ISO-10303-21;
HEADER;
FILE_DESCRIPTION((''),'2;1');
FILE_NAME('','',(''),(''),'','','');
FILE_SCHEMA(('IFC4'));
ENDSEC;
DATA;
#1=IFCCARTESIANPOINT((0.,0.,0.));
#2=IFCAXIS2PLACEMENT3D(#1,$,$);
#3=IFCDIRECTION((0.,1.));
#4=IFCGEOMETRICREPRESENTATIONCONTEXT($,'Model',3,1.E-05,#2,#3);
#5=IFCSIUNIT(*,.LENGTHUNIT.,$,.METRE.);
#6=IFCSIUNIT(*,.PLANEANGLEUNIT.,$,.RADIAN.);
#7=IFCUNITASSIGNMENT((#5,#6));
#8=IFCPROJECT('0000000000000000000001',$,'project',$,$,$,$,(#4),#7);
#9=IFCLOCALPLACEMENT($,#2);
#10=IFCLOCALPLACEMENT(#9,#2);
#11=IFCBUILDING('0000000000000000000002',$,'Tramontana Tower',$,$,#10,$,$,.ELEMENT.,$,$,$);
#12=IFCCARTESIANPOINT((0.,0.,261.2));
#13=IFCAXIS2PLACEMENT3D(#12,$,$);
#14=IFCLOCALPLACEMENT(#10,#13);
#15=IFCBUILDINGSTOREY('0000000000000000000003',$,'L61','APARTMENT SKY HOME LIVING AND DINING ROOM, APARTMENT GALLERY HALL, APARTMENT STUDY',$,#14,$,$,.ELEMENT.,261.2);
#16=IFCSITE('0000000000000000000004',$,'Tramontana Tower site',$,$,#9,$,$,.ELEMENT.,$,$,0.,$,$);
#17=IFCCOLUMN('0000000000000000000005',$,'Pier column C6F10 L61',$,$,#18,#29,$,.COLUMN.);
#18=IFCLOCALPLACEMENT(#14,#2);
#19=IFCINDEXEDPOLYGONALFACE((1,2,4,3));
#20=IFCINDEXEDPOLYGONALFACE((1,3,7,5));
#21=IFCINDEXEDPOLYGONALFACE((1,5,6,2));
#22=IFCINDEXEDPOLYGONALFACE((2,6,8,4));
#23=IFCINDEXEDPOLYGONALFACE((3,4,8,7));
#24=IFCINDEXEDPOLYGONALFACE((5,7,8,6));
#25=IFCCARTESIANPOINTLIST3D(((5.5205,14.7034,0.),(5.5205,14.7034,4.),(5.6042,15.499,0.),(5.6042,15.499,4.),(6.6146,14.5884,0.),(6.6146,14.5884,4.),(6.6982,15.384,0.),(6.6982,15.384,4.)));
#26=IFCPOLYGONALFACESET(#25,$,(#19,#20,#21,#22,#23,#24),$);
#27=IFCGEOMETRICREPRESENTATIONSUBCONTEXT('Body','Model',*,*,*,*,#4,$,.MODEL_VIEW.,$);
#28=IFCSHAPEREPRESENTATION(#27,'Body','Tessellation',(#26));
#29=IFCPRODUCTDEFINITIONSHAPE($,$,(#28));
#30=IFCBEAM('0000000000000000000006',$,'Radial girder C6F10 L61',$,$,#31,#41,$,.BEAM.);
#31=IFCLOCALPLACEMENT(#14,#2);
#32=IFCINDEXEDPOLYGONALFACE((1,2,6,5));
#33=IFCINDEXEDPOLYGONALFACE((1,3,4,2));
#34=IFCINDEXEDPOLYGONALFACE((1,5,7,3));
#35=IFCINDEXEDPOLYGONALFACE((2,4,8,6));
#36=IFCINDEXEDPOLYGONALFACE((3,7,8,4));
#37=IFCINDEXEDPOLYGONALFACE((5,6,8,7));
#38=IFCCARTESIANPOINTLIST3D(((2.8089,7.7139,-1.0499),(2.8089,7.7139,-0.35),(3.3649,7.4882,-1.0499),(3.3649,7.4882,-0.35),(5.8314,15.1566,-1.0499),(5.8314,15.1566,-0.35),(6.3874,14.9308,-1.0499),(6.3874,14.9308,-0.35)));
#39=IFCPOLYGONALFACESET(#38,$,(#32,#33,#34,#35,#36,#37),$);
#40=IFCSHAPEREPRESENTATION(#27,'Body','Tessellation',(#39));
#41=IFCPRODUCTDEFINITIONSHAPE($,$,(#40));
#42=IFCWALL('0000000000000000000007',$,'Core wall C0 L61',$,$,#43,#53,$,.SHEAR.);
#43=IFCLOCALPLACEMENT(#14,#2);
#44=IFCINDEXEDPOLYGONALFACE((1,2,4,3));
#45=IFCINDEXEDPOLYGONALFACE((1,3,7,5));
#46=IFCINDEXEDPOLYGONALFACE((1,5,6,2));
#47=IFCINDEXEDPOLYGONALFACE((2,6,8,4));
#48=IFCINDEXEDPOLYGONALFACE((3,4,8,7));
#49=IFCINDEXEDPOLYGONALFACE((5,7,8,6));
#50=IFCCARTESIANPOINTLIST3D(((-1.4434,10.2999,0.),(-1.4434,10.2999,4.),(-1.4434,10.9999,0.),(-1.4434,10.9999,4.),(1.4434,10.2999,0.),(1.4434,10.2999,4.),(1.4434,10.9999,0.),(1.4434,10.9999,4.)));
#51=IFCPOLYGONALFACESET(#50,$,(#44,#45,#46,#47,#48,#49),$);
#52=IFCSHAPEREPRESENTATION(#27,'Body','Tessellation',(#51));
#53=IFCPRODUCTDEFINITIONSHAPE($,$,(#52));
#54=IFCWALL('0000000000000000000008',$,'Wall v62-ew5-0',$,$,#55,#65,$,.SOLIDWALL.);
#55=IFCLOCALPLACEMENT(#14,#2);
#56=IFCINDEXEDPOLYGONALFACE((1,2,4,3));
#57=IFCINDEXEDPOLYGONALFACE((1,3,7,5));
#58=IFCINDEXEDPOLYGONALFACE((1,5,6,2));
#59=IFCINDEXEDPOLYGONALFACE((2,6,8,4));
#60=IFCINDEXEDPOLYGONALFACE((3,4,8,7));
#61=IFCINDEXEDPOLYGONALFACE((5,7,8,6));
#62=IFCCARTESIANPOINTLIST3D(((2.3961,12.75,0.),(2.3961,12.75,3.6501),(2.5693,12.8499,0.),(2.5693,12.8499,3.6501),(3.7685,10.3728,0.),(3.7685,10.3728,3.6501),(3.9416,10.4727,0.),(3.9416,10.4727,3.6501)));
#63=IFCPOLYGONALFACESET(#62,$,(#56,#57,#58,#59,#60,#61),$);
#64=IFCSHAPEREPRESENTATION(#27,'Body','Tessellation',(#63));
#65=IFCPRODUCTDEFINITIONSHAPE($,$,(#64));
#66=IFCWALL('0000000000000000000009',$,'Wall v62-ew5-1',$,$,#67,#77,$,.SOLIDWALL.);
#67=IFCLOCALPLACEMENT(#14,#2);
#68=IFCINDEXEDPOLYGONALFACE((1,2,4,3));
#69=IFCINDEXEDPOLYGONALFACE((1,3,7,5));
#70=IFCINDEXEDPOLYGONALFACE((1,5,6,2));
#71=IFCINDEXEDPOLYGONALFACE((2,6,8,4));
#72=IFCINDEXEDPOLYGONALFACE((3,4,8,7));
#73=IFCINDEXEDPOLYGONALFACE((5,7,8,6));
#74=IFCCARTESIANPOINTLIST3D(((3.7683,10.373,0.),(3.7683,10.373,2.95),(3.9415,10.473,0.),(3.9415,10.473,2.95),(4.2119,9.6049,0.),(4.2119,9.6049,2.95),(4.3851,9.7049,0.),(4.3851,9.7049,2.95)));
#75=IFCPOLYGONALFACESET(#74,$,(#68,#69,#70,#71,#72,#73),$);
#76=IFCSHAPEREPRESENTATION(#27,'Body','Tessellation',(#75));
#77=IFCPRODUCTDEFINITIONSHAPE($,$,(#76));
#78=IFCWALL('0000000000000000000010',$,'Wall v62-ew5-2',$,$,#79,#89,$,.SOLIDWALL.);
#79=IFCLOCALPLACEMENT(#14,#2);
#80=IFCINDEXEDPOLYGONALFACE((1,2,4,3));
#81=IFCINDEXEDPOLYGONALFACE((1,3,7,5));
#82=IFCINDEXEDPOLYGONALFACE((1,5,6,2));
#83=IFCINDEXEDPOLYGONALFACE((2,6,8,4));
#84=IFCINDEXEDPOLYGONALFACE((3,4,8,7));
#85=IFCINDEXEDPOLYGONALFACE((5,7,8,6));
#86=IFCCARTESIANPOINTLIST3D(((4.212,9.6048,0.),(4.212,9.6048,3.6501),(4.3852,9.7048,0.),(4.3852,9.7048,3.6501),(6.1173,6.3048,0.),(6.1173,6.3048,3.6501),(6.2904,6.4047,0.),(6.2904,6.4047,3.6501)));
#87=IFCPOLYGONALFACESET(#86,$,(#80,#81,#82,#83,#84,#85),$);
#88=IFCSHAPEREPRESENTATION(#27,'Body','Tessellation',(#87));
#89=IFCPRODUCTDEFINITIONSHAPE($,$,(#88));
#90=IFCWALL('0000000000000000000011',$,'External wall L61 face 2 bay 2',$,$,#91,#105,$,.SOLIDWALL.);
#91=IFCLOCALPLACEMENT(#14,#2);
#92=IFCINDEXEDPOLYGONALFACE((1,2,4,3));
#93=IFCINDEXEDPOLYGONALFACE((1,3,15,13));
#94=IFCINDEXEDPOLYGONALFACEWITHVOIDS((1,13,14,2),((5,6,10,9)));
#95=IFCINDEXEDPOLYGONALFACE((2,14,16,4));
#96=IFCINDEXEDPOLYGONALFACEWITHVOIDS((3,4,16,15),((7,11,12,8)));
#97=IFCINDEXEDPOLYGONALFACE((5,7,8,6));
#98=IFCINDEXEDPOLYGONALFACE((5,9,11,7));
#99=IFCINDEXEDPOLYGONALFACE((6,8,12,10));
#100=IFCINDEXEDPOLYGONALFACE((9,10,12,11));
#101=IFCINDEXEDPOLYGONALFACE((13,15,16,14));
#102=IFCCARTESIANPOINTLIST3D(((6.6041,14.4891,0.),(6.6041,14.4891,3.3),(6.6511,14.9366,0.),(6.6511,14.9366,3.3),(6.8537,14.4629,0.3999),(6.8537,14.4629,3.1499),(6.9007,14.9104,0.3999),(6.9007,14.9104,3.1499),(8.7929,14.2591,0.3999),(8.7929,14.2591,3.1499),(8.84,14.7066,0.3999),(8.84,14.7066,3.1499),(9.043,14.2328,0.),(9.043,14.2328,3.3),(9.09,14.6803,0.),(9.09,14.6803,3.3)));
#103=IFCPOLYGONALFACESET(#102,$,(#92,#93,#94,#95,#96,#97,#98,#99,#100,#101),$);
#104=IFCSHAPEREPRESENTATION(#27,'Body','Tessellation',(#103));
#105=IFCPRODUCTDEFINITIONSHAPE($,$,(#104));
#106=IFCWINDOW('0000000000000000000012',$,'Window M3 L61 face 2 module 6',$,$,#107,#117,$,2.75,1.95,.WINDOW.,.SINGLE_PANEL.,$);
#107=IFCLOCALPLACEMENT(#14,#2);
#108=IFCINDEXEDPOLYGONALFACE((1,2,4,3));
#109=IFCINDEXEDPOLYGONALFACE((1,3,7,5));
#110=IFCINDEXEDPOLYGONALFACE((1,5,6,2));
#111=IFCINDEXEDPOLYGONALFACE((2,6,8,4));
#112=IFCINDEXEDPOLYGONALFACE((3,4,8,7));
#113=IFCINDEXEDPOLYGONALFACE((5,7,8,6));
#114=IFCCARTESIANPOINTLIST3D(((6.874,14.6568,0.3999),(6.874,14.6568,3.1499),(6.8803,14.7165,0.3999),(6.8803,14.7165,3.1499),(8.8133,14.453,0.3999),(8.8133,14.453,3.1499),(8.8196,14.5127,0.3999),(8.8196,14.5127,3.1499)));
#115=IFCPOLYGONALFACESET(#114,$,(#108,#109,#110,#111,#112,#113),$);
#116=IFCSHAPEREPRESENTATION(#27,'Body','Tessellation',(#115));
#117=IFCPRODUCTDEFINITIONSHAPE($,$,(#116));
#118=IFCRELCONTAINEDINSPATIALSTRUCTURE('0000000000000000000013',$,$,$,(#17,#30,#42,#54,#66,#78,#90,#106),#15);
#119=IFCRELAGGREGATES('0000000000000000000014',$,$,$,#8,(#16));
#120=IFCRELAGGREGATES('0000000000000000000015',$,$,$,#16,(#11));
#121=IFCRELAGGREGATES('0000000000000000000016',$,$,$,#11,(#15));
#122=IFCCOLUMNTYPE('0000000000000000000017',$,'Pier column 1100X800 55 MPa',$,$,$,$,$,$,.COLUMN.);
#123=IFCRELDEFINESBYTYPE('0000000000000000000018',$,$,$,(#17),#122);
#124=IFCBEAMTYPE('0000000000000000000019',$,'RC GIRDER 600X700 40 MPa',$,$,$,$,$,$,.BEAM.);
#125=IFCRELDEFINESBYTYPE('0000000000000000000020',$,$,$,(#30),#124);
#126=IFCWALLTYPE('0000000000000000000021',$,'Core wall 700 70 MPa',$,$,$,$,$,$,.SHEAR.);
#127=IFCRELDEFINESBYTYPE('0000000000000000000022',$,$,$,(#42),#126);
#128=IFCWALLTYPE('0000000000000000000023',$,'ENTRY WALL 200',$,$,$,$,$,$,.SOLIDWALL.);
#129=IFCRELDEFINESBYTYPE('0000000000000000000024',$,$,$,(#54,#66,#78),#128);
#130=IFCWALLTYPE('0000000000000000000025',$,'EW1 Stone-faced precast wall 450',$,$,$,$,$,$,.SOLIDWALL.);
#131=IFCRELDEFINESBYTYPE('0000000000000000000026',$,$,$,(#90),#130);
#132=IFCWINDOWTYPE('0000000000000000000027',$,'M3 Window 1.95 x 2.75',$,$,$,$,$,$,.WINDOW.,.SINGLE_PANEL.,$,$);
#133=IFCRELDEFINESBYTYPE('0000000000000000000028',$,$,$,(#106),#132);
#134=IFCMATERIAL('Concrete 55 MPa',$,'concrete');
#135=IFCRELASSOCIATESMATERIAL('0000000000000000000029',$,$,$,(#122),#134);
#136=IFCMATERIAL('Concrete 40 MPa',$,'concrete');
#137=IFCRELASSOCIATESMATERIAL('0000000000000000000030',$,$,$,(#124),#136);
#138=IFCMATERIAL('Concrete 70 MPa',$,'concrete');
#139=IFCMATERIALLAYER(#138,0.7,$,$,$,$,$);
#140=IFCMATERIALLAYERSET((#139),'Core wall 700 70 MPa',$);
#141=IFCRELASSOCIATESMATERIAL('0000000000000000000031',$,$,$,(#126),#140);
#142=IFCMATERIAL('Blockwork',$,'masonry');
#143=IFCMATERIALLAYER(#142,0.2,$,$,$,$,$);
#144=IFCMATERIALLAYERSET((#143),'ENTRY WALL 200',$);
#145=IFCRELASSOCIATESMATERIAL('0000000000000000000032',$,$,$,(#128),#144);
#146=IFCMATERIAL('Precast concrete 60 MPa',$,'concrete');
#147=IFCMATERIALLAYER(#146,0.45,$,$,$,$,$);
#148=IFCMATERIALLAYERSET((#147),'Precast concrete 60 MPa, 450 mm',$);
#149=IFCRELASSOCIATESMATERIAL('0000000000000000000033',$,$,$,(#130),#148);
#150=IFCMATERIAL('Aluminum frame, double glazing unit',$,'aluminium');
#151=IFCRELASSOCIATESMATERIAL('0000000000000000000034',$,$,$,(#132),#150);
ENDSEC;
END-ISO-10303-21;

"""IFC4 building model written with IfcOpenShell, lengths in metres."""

from ifc_helpers import new_model, si_unit, direction, frame, frame_2d, origin, origin_2d, place, context, subcontext, project, spatial, rectangle, extrude, material, layer, layer_set, material_profile, profile_set, type_object, element, fill, save


model = new_model("IFC4")

# Units and contexts
model_context = context("Model", 3, precision=1e-05, world=origin(), true_north=direction((0.0, 1.0)))
body_context = subcontext(model_context, "Body", "Model", "MODEL_VIEW")
ifc_project = project(units=[si_unit("LENGTHUNIT", "METRE"), si_unit("PLANEANGLEUNIT", "RADIAN")], contexts=[model_context])

# Site, building, storey
site_placement = place(None, origin())
site = spatial("IfcSite", under=ifc_project, at=site_placement, Name="Tramontana Tower site", CompositionType="ELEMENT", RefElevation=0.0)
building_placement = place(site_placement, origin())
building = spatial("IfcBuilding", under=site, at=building_placement, Name="Tramontana Tower", CompositionType="ELEMENT")
storey_placement = place(building_placement, frame((0.0, 0.0, 261.2)))
storey = spatial("IfcBuildingStorey", under=building, at=storey_placement, Name="L61", Description="APARTMENT SKY HOME LIVING AND DINING ROOM, APARTMENT GALLERY HALL, APARTMENT STUDY", CompositionType="ELEMENT", Elevation=261.2)

# Column
ifc_material_1 = material(Name="Concrete 55 MPa", Category="concrete")
ifc_material_profile_1 = material_profile(ifc_material_1, rectangle(XDim=1.1001, YDim=0.8, at=origin_2d()), Name="Pier column 1100X800 55 MPa")
ifc_profile_set_1 = profile_set([ifc_material_profile_1], Name="Concrete 55 MPa")
column_type = type_object("IfcColumnType", Name="Pier column 1100X800 55 MPa", PredefinedType="COLUMN", material=ifc_profile_set_1)
column_placement = place(storey_placement, frame((6.1094, 15.0437, 0.0), z_axis=(0.0, 0.0, 1.0), x_axis=(-0.994522, 0.104528, 0.0)))
element("IfcColumn", 1, at=column_placement, inside=storey, type_object=column_type, Name="Pier column C6F10 L61", PredefinedType="COLUMN", context=body_context, shape_type="SweptSolid", body=[
    extrude(rectangle(XDim=1.1001, YDim=0.8, at=origin_2d()), origin(), (0.0, 0.0, 1.0), 4.0),
])

# Beam
ifc_material_2 = material(Name="Concrete 40 MPa", Category="concrete")
ifc_material_profile_2 = material_profile(ifc_material_2, rectangle(XDim=0.6001, YDim=0.7, at=origin_2d()), Name="RC GIRDER 600X700 40 MPa")
ifc_profile_set_2 = profile_set([ifc_material_profile_2], Name="Concrete 40 MPa")
beam_type = type_object("IfcBeamType", Name="RC GIRDER 600X700 40 MPa", PredefinedType="BEAM", material=ifc_profile_set_2)
beam_placement = place(storey_placement, frame((6.1094, 15.0437, -0.7), z_axis=(-0.376259, -0.926515, 0.0), x_axis=(0.926515, -0.376259, 0.0)))
element("IfcBeam", 2, at=beam_placement, inside=storey, type_object=beam_type, Name="Radial girder C6F10 L61", PredefinedType="BEAM", context=body_context, shape_type="SweptSolid", body=[
    extrude(rectangle(XDim=0.6001, YDim=0.7, at=origin_2d()), origin(), (0.0, 0.0, 1.0), 8.033),
])

# Walls
ifc_material_3 = material(Name="Concrete 70 MPa", Category="concrete")
ifc_layer_1 = layer(ifc_material_3, 0.7)
ifc_layer_set_1 = layer_set([ifc_layer_1], Name="Core wall 700 70 MPa")
wall_type_1 = type_object("IfcWallType", Name="Core wall 700 70 MPa", PredefinedType="SHEAR", material=ifc_layer_set_1)
wall_1_placement = place(storey_placement, frame((1.4434, 10.6499, 0.0), z_axis=(0.0, 0.0, 1.0), x_axis=(-1.0, 0.0, 0.0)))
element("IfcWall", 3, at=wall_1_placement, inside=storey, type_object=wall_type_1, Name="Core wall C0 L61", PredefinedType="SHEAR", context=body_context, shape_type="SweptSolid", body=[
    extrude(rectangle(XDim=2.8867, YDim=0.7, at=frame_2d((1.4434, 0.0))), origin(), (0.0, 0.0, 1.0), 4.0),
])
ifc_material_4 = material(Name="Blockwork", Category="masonry")
ifc_layer_2 = layer(ifc_material_4, 0.2)
ifc_layer_set_2 = layer_set([ifc_layer_2], Name="ENTRY WALL 200")
wall_type_2 = type_object("IfcWallType", Name="ENTRY WALL 200", PredefinedType="SOLIDWALL", material=ifc_layer_set_2)
wall_2_placement = place(storey_placement, frame((2.4827, 12.8, 0.0), z_axis=(0.0, 0.0, 1.0), x_axis=(0.499956, -0.866051, 0.0)))
element("IfcWall", 4, at=wall_2_placement, inside=storey, type_object=wall_type_2, Name="Wall v62-ew5-0", PredefinedType="SOLIDWALL", context=body_context, shape_type="SweptSolid", body=[
    extrude(rectangle(XDim=2.7449, YDim=0.2, at=frame_2d((1.3726, 0.0))), origin(), (0.0, 0.0, 1.0), 3.6501),
])
wall_3_placement = place(storey_placement, frame((3.855, 10.4229, 0.0), z_axis=(0.0, 0.0, 1.0), x_axis=(0.500135, -0.865947, 0.0)))
element("IfcWall", 5, at=wall_3_placement, inside=storey, type_object=wall_type_2, Name="Wall v62-ew5-1", PredefinedType="SOLIDWALL", context=body_context, shape_type="SweptSolid", body=[
    extrude(rectangle(XDim=0.887, YDim=0.2, at=frame_2d((0.4434, 0.0))), origin(), (0.0, 0.0, 1.0), 2.95),
])
wall_4_placement = place(storey_placement, frame((4.2986, 9.6548, 0.0), z_axis=(0.0, 0.0, 1.0), x_axis=(0.499998, -0.866027, 0.0)))
element("IfcWall", 6, at=wall_4_placement, inside=storey, type_object=wall_type_2, Name="Wall v62-ew5-2", PredefinedType="SOLIDWALL", context=body_context, shape_type="SweptSolid", body=[
    extrude(rectangle(XDim=3.8105, YDim=0.2, at=frame_2d((1.9053, 0.0))), origin(), (0.0, 0.0, 1.0), 3.6501),
])

# Wall, opening, window
ifc_material_5 = material(Name="Precast concrete 60 MPa", Category="concrete")
ifc_layer_3 = layer(ifc_material_5, 0.45)
ifc_layer_set_3 = layer_set([ifc_layer_3], Name="Precast concrete 60 MPa, 450 mm")
wall_type_3 = type_object("IfcWallType", Name="EW1 Stone-faced precast wall 450", PredefinedType="SOLIDWALL", material=ifc_layer_set_3)
wall_5_placement = place(storey_placement, frame((9.0664, 14.4565, 0.0), z_axis=(0.0, 0.0, 1.0), x_axis=(-0.994522, 0.104529, 0.0)))
wall_5 = element("IfcWall", 7, at=wall_5_placement, inside=storey, type_object=wall_type_3, Name="External wall L61 face 2 bay 2", PredefinedType="SOLIDWALL", context=body_context, shape_type="SweptSolid", body=[
    extrude(rectangle(XDim=2.4524, YDim=0.45, at=frame_2d((1.2261, 0.0))), origin(), (0.0, 0.0, 1.0), 3.3),
])
opening_1_placement = place(wall_5_placement, frame((0.2512, 0.0, 0.3999)))
opening_1 = element("IfcOpeningElement", 8, at=opening_1_placement, cuts=wall_5, PredefinedType="OPENING", context=body_context, shape_type="SweptSolid", body=[
    extrude(rectangle(XDim=1.95, YDim=2.75, at=frame_2d((0.9751, 1.375))), frame((0.0, 0.2349, 0.0), z_axis=(0.0, -1.0, 0.0), x_axis=(1.0, 0.0, 0.0)), (0.0, 0.0, 1.0), 0.47),
])
ifc_material_6 = material(Name="Aluminum frame, double glazing unit", Category="aluminium")
window_type = type_object("IfcWindowType", Name="M3 Window 1.95 x 2.75", PartitioningType="SINGLE_PANEL", PredefinedType="WINDOW", material=ifc_material_6)
window_1_placement = place(opening_1_placement, origin())
window_1 = element("IfcWindow", 9, at=window_1_placement, inside=storey, type_object=window_type, Name="Window M3 L61 face 2 module 6", OverallHeight=2.75, OverallWidth=1.95, PartitioningType="SINGLE_PANEL", PredefinedType="WINDOW", context=body_context, shape_type="SweptSolid", body=[
    extrude(rectangle(XDim=1.95, YDim=2.75, at=frame_2d((0.9751, 1.375))), frame((0.0, 0.03, 0.0), z_axis=(0.0, -1.0, 0.0), x_axis=(1.0, 0.0, 0.0)), (0.0, 0.0, 1.0), 0.0601),
])
fill(opening_1, window_1)

save(model, "model.ifc")
